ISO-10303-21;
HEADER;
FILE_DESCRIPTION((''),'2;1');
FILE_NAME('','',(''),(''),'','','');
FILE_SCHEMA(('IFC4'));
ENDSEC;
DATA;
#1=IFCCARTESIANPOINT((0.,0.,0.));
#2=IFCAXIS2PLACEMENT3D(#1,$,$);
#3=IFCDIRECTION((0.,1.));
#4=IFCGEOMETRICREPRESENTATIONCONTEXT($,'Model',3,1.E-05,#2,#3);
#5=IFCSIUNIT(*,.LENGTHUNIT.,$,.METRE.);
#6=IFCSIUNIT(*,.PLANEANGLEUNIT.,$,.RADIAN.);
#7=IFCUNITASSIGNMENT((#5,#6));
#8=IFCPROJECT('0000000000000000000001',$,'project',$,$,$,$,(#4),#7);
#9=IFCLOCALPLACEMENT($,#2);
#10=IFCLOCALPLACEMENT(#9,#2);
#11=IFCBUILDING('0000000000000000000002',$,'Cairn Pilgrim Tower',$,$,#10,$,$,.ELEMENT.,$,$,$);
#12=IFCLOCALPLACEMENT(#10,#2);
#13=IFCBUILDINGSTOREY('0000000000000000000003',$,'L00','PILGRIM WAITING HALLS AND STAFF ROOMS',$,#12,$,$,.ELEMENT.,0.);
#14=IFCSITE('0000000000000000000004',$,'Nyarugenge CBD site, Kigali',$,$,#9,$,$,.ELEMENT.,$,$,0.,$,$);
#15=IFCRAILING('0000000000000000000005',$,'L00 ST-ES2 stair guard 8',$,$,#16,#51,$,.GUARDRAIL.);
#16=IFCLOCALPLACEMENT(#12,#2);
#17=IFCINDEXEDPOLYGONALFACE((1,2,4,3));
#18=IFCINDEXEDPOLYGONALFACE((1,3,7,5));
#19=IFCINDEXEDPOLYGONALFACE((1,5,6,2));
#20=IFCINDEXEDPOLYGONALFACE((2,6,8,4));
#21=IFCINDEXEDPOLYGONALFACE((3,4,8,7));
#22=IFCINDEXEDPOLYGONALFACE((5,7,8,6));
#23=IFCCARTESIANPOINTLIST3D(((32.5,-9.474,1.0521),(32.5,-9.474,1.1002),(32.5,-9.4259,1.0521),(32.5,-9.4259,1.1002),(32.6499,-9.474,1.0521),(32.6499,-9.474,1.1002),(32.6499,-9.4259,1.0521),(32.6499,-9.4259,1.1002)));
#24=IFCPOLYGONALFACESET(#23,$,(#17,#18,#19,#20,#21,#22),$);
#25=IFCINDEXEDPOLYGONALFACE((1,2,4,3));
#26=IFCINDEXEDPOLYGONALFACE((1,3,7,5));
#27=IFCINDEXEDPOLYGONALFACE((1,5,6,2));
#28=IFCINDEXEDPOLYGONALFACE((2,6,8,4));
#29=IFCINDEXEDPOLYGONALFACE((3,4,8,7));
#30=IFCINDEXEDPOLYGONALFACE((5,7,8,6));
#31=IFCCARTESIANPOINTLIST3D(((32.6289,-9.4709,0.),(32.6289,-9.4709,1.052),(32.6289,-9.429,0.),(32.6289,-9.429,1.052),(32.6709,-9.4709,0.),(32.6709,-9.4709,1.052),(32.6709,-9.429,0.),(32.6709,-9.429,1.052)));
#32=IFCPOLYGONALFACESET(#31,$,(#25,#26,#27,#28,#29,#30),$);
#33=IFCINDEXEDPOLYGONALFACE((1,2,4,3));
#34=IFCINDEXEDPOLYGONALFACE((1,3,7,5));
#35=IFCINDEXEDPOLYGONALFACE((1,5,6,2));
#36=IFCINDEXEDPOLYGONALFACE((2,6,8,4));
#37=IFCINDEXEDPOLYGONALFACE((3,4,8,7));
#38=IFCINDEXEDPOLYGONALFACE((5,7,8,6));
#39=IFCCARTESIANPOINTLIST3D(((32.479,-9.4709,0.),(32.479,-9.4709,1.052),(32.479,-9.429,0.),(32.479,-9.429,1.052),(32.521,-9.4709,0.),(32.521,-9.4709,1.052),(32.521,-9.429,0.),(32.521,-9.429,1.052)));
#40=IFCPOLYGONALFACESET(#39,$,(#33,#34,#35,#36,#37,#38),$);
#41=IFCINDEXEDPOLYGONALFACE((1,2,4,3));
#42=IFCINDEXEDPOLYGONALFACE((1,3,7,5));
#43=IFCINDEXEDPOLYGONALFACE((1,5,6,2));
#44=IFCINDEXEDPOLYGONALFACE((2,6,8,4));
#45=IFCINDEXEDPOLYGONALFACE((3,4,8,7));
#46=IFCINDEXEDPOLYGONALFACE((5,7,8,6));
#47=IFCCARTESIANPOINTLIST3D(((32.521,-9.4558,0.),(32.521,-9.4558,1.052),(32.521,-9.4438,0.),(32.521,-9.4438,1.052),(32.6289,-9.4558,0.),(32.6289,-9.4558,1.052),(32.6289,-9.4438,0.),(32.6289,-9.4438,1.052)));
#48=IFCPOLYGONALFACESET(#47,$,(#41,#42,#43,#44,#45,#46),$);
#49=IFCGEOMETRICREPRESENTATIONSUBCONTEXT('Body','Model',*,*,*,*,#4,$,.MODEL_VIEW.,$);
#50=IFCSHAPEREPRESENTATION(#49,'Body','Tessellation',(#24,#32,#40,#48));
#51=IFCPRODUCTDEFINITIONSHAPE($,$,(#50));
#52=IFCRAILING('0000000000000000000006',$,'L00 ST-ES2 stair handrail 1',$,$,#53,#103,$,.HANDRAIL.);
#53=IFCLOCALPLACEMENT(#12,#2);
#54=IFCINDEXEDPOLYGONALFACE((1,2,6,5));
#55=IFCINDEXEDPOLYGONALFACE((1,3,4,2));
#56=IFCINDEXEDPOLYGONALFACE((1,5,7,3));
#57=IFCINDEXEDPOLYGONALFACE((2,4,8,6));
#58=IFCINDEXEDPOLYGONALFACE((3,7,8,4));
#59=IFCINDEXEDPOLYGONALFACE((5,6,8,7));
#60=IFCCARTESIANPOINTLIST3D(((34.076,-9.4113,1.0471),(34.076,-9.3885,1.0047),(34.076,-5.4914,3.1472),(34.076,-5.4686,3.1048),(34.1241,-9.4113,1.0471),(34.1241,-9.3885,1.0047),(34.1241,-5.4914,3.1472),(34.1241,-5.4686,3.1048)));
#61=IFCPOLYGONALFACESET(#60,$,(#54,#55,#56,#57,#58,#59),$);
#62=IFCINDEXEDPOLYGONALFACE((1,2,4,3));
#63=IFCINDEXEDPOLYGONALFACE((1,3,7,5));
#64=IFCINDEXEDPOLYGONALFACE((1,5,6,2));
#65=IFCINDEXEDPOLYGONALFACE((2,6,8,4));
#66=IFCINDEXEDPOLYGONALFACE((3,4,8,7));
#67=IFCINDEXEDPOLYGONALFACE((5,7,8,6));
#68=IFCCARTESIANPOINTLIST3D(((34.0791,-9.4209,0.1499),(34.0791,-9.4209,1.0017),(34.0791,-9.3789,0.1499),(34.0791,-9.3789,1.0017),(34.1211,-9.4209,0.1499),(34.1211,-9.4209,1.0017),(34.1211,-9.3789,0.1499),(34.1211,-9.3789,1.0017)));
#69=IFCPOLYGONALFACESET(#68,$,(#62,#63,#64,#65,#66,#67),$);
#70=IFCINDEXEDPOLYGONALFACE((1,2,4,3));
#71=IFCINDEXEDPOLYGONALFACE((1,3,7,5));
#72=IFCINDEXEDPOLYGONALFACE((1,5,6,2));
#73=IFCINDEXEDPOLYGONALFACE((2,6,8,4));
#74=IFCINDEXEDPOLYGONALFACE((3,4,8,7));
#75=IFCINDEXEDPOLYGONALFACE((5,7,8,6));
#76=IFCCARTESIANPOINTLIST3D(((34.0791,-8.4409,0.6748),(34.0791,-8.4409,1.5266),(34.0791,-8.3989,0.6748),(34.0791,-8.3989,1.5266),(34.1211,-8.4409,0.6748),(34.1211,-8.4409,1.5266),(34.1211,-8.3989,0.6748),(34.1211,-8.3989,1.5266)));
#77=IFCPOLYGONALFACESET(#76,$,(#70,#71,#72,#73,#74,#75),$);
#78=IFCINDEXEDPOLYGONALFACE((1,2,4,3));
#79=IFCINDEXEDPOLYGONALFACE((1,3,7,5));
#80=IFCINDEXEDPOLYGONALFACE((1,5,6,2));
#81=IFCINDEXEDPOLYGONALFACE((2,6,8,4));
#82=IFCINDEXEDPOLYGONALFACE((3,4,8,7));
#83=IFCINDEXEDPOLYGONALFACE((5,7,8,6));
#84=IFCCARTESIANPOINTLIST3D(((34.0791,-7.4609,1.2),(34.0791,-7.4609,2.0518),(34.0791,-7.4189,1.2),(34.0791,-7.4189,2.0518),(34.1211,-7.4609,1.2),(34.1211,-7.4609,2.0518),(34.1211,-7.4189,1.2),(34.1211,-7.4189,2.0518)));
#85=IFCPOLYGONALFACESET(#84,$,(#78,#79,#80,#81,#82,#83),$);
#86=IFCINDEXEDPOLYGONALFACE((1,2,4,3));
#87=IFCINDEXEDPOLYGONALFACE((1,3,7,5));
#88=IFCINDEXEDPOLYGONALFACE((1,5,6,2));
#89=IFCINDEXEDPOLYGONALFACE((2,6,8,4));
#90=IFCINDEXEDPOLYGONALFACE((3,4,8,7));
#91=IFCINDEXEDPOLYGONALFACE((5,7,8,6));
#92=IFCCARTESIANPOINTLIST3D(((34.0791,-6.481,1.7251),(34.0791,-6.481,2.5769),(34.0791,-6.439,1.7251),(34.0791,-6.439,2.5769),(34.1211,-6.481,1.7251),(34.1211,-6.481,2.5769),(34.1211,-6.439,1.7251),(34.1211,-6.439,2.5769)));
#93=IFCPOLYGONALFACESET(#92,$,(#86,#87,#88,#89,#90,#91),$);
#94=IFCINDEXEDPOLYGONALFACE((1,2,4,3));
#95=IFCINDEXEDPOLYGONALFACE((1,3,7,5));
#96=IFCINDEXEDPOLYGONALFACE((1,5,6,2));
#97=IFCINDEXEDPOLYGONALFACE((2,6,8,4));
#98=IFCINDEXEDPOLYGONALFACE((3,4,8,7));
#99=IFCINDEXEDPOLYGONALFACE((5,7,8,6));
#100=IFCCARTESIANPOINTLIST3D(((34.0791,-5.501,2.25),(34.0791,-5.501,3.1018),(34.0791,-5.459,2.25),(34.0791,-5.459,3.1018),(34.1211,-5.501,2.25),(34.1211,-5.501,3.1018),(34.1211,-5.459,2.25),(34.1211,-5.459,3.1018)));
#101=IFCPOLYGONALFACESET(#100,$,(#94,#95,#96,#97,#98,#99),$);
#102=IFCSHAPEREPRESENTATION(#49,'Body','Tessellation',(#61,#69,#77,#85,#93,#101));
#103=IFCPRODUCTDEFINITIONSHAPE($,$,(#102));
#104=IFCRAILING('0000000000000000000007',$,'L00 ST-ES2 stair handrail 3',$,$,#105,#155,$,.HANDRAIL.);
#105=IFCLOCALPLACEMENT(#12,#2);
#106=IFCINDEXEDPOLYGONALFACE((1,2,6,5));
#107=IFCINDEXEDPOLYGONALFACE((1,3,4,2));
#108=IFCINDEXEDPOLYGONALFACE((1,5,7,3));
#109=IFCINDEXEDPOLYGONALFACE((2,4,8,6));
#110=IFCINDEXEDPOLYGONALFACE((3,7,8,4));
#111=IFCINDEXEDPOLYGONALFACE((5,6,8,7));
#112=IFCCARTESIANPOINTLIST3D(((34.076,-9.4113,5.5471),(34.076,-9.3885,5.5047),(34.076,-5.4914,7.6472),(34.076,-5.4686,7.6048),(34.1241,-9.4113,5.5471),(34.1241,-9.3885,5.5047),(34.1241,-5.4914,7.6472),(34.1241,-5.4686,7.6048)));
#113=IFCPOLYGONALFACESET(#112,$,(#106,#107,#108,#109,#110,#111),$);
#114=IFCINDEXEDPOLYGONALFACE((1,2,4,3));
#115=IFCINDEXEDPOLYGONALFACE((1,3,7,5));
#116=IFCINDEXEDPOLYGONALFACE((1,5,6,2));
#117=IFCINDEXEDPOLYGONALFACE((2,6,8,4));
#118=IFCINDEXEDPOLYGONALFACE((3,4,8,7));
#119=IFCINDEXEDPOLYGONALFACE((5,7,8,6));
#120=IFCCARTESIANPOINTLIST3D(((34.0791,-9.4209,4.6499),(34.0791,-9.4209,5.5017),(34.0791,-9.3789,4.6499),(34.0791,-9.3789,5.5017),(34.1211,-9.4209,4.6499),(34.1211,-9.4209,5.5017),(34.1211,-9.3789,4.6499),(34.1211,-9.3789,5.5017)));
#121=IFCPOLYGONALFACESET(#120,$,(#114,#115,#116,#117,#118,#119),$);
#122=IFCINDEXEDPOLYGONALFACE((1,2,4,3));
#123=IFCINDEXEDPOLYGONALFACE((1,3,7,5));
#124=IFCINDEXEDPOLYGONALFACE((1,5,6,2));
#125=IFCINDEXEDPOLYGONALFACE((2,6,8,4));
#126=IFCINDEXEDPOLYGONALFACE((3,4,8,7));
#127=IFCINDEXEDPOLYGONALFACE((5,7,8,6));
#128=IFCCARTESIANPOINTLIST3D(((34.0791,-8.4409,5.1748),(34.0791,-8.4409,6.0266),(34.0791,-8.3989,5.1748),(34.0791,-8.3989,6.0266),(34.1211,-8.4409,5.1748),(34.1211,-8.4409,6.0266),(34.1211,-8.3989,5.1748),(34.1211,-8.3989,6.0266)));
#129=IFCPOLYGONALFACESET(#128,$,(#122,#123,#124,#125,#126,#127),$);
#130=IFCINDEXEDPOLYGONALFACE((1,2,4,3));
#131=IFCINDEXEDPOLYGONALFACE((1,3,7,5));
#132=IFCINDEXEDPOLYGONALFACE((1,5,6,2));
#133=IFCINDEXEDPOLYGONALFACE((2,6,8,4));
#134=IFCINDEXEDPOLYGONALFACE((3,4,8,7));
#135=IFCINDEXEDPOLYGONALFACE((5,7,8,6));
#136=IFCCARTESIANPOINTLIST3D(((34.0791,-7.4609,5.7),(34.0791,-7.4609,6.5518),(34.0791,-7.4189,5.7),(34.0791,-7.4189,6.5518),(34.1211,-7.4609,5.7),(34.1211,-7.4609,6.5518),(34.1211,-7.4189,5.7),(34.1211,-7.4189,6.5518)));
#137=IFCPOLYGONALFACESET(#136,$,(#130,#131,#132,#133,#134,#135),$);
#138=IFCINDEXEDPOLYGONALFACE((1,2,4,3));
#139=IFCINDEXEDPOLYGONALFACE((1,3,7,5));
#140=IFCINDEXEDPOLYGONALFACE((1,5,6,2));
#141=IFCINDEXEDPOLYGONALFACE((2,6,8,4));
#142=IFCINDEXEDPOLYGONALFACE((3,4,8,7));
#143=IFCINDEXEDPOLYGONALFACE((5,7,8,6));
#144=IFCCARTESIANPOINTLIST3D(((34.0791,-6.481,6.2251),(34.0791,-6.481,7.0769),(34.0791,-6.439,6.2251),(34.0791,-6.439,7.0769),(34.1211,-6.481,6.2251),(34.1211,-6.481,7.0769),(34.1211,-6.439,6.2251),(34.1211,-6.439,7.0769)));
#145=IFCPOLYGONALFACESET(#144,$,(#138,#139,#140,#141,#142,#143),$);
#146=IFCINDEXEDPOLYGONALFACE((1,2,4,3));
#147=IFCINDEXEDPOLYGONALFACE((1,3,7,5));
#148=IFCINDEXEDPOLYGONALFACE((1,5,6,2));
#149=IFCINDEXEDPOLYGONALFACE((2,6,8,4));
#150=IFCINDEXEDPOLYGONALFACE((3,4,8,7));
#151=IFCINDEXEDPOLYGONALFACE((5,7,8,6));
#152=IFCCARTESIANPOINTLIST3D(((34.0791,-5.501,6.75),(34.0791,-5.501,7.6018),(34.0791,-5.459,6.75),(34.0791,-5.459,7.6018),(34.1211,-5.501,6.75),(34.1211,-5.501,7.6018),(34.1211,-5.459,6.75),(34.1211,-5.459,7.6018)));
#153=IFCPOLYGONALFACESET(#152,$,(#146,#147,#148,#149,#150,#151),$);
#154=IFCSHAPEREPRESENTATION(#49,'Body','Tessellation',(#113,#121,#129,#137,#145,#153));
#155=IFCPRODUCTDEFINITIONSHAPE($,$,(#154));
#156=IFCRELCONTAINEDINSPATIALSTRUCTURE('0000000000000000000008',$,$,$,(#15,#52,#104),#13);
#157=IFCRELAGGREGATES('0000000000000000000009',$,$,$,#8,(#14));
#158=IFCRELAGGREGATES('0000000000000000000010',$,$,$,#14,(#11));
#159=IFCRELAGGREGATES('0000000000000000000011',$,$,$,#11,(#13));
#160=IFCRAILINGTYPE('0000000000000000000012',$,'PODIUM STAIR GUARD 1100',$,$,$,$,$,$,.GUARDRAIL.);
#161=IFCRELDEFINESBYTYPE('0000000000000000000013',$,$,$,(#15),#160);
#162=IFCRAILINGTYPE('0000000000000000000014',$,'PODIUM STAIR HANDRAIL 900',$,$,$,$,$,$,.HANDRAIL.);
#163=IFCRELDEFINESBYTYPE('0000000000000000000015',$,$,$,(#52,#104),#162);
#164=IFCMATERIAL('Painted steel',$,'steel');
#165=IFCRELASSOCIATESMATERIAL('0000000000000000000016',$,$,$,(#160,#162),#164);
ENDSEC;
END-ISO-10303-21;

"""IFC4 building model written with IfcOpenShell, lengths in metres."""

from ifc_helpers import new_model, si_unit, direction, frame, origin, origin_2d, place, context, subcontext, project, spatial, polyline, rectangle, outline, extrude, material, type_object, element, save


model = new_model("IFC4")

# Units and contexts
model_context = context("Model", 3, precision=1e-05, world=origin(), true_north=direction((0.0, 1.0)))
body_context = subcontext(model_context, "Body", "Model", "MODEL_VIEW")
ifc_project = project(units=[si_unit("LENGTHUNIT", "METRE"), si_unit("PLANEANGLEUNIT", "RADIAN")], contexts=[model_context])

# Site, building, storey
site_placement = place(None, origin())
site = spatial("IfcSite", under=ifc_project, at=site_placement, Name="Nyarugenge CBD site, Kigali", CompositionType="ELEMENT", RefElevation=0.0)
building_placement = place(site_placement, origin())
building = spatial("IfcBuilding", under=site, at=building_placement, Name="Cairn Pilgrim Tower", CompositionType="ELEMENT")
storey_placement = place(building_placement, origin())
storey = spatial("IfcBuildingStorey", under=building, at=storey_placement, Name="L00", Description="PILGRIM WAITING HALLS AND STAFF ROOMS", CompositionType="ELEMENT", Elevation=0.0)

# Railings
ifc_material_1 = material(Name="Painted steel", Category="steel")
railing_type_1 = type_object("IfcRailingType", Name="PODIUM STAIR GUARD 1100", PredefinedType="GUARDRAIL", material=ifc_material_1)
railing_1_placement = place(storey_placement, frame((32.6499, -9.45, 0.0)))
element("IfcRailing", 1, at=railing_1_placement, inside=storey, type_object=railing_type_1, Name="L00 ST-ES2 stair guard 8", PredefinedType="GUARDRAIL", context=body_context, shape_type="SweptSolid", body=[
    extrude(rectangle(XDim=0.0481, YDim=0.0481, at=origin_2d()), frame((0.0, 0.0, 1.0762), z_axis=(-1.0, 0.0, 0.0), x_axis=(0.0, -1.0, 0.0)), (0.0, 0.0, 1.0), 0.1499),
    extrude(rectangle(XDim=0.042, YDim=0.042, at=origin_2d()), origin(), (0.0, 0.0, 1.0), 1.052),
    extrude(rectangle(XDim=0.042, YDim=0.042, at=origin_2d()), frame((-0.1499, 0.0, 0.0)), (0.0, 0.0, 1.0), 1.052),
    extrude(outline(polyline([(0.021, 0.0), (0.1289, 0.0), (0.1289, 1.052), (0.021, 1.052), (0.021, 0.0)])), frame((0.0, -0.0059, 0.0), z_axis=(0.0, 1.0, 0.0), x_axis=(-1.0, 0.0, 0.0)), (0.0, 0.0, 1.0), 0.012),
])
railing_type_2 = type_object("IfcRailingType", Name="PODIUM STAIR HANDRAIL 900", PredefinedType="HANDRAIL", material=ifc_material_1)
for number, where, name in (
    (2, (34.1001, -9.3999, 0.1499), "L00 ST-ES2 stair handrail 1"),
    (3, (34.1001, -9.3999, 4.6499), "L00 ST-ES2 stair handrail 3"),
):
    element("IfcRailing", number, at=place(storey_placement, frame(where)), inside=storey, type_object=railing_type_2, Name=name, PredefinedType="HANDRAIL", context=body_context, shape_type="SweptSolid", body=[
        extrude(rectangle(XDim=0.0481, YDim=0.0481, at=origin_2d()), frame((0.0, 0.0, 0.876), z_axis=(0.0, 0.881467, 0.472246), x_axis=(-1.0, 0.0, 0.0)), (0.0, 0.0, 1.0), 4.447),
        extrude(rectangle(XDim=0.042, YDim=0.042, at=origin_2d()), origin(), (0.0, 0.0, 1.0), 0.8518),
        extrude(rectangle(XDim=0.042, YDim=0.042, at=origin_2d()), frame((0.0, 0.98, 0.5249)), (0.0, 0.0, 1.0), 0.8518),
        extrude(rectangle(XDim=0.042, YDim=0.042, at=origin_2d()), frame((0.0, 1.96, 1.05)), (0.0, 0.0, 1.0), 0.8518),
        extrude(rectangle(XDim=0.042, YDim=0.042, at=origin_2d()), frame((0.0, 2.9399, 1.5752)), (0.0, 0.0, 1.0), 0.8518),
        extrude(rectangle(XDim=0.042, YDim=0.042, at=origin_2d()), frame((0.0, 3.9199, 2.1001)), (0.0, 0.0, 1.0), 0.8518),
    ])

save(model, "model.ifc")
